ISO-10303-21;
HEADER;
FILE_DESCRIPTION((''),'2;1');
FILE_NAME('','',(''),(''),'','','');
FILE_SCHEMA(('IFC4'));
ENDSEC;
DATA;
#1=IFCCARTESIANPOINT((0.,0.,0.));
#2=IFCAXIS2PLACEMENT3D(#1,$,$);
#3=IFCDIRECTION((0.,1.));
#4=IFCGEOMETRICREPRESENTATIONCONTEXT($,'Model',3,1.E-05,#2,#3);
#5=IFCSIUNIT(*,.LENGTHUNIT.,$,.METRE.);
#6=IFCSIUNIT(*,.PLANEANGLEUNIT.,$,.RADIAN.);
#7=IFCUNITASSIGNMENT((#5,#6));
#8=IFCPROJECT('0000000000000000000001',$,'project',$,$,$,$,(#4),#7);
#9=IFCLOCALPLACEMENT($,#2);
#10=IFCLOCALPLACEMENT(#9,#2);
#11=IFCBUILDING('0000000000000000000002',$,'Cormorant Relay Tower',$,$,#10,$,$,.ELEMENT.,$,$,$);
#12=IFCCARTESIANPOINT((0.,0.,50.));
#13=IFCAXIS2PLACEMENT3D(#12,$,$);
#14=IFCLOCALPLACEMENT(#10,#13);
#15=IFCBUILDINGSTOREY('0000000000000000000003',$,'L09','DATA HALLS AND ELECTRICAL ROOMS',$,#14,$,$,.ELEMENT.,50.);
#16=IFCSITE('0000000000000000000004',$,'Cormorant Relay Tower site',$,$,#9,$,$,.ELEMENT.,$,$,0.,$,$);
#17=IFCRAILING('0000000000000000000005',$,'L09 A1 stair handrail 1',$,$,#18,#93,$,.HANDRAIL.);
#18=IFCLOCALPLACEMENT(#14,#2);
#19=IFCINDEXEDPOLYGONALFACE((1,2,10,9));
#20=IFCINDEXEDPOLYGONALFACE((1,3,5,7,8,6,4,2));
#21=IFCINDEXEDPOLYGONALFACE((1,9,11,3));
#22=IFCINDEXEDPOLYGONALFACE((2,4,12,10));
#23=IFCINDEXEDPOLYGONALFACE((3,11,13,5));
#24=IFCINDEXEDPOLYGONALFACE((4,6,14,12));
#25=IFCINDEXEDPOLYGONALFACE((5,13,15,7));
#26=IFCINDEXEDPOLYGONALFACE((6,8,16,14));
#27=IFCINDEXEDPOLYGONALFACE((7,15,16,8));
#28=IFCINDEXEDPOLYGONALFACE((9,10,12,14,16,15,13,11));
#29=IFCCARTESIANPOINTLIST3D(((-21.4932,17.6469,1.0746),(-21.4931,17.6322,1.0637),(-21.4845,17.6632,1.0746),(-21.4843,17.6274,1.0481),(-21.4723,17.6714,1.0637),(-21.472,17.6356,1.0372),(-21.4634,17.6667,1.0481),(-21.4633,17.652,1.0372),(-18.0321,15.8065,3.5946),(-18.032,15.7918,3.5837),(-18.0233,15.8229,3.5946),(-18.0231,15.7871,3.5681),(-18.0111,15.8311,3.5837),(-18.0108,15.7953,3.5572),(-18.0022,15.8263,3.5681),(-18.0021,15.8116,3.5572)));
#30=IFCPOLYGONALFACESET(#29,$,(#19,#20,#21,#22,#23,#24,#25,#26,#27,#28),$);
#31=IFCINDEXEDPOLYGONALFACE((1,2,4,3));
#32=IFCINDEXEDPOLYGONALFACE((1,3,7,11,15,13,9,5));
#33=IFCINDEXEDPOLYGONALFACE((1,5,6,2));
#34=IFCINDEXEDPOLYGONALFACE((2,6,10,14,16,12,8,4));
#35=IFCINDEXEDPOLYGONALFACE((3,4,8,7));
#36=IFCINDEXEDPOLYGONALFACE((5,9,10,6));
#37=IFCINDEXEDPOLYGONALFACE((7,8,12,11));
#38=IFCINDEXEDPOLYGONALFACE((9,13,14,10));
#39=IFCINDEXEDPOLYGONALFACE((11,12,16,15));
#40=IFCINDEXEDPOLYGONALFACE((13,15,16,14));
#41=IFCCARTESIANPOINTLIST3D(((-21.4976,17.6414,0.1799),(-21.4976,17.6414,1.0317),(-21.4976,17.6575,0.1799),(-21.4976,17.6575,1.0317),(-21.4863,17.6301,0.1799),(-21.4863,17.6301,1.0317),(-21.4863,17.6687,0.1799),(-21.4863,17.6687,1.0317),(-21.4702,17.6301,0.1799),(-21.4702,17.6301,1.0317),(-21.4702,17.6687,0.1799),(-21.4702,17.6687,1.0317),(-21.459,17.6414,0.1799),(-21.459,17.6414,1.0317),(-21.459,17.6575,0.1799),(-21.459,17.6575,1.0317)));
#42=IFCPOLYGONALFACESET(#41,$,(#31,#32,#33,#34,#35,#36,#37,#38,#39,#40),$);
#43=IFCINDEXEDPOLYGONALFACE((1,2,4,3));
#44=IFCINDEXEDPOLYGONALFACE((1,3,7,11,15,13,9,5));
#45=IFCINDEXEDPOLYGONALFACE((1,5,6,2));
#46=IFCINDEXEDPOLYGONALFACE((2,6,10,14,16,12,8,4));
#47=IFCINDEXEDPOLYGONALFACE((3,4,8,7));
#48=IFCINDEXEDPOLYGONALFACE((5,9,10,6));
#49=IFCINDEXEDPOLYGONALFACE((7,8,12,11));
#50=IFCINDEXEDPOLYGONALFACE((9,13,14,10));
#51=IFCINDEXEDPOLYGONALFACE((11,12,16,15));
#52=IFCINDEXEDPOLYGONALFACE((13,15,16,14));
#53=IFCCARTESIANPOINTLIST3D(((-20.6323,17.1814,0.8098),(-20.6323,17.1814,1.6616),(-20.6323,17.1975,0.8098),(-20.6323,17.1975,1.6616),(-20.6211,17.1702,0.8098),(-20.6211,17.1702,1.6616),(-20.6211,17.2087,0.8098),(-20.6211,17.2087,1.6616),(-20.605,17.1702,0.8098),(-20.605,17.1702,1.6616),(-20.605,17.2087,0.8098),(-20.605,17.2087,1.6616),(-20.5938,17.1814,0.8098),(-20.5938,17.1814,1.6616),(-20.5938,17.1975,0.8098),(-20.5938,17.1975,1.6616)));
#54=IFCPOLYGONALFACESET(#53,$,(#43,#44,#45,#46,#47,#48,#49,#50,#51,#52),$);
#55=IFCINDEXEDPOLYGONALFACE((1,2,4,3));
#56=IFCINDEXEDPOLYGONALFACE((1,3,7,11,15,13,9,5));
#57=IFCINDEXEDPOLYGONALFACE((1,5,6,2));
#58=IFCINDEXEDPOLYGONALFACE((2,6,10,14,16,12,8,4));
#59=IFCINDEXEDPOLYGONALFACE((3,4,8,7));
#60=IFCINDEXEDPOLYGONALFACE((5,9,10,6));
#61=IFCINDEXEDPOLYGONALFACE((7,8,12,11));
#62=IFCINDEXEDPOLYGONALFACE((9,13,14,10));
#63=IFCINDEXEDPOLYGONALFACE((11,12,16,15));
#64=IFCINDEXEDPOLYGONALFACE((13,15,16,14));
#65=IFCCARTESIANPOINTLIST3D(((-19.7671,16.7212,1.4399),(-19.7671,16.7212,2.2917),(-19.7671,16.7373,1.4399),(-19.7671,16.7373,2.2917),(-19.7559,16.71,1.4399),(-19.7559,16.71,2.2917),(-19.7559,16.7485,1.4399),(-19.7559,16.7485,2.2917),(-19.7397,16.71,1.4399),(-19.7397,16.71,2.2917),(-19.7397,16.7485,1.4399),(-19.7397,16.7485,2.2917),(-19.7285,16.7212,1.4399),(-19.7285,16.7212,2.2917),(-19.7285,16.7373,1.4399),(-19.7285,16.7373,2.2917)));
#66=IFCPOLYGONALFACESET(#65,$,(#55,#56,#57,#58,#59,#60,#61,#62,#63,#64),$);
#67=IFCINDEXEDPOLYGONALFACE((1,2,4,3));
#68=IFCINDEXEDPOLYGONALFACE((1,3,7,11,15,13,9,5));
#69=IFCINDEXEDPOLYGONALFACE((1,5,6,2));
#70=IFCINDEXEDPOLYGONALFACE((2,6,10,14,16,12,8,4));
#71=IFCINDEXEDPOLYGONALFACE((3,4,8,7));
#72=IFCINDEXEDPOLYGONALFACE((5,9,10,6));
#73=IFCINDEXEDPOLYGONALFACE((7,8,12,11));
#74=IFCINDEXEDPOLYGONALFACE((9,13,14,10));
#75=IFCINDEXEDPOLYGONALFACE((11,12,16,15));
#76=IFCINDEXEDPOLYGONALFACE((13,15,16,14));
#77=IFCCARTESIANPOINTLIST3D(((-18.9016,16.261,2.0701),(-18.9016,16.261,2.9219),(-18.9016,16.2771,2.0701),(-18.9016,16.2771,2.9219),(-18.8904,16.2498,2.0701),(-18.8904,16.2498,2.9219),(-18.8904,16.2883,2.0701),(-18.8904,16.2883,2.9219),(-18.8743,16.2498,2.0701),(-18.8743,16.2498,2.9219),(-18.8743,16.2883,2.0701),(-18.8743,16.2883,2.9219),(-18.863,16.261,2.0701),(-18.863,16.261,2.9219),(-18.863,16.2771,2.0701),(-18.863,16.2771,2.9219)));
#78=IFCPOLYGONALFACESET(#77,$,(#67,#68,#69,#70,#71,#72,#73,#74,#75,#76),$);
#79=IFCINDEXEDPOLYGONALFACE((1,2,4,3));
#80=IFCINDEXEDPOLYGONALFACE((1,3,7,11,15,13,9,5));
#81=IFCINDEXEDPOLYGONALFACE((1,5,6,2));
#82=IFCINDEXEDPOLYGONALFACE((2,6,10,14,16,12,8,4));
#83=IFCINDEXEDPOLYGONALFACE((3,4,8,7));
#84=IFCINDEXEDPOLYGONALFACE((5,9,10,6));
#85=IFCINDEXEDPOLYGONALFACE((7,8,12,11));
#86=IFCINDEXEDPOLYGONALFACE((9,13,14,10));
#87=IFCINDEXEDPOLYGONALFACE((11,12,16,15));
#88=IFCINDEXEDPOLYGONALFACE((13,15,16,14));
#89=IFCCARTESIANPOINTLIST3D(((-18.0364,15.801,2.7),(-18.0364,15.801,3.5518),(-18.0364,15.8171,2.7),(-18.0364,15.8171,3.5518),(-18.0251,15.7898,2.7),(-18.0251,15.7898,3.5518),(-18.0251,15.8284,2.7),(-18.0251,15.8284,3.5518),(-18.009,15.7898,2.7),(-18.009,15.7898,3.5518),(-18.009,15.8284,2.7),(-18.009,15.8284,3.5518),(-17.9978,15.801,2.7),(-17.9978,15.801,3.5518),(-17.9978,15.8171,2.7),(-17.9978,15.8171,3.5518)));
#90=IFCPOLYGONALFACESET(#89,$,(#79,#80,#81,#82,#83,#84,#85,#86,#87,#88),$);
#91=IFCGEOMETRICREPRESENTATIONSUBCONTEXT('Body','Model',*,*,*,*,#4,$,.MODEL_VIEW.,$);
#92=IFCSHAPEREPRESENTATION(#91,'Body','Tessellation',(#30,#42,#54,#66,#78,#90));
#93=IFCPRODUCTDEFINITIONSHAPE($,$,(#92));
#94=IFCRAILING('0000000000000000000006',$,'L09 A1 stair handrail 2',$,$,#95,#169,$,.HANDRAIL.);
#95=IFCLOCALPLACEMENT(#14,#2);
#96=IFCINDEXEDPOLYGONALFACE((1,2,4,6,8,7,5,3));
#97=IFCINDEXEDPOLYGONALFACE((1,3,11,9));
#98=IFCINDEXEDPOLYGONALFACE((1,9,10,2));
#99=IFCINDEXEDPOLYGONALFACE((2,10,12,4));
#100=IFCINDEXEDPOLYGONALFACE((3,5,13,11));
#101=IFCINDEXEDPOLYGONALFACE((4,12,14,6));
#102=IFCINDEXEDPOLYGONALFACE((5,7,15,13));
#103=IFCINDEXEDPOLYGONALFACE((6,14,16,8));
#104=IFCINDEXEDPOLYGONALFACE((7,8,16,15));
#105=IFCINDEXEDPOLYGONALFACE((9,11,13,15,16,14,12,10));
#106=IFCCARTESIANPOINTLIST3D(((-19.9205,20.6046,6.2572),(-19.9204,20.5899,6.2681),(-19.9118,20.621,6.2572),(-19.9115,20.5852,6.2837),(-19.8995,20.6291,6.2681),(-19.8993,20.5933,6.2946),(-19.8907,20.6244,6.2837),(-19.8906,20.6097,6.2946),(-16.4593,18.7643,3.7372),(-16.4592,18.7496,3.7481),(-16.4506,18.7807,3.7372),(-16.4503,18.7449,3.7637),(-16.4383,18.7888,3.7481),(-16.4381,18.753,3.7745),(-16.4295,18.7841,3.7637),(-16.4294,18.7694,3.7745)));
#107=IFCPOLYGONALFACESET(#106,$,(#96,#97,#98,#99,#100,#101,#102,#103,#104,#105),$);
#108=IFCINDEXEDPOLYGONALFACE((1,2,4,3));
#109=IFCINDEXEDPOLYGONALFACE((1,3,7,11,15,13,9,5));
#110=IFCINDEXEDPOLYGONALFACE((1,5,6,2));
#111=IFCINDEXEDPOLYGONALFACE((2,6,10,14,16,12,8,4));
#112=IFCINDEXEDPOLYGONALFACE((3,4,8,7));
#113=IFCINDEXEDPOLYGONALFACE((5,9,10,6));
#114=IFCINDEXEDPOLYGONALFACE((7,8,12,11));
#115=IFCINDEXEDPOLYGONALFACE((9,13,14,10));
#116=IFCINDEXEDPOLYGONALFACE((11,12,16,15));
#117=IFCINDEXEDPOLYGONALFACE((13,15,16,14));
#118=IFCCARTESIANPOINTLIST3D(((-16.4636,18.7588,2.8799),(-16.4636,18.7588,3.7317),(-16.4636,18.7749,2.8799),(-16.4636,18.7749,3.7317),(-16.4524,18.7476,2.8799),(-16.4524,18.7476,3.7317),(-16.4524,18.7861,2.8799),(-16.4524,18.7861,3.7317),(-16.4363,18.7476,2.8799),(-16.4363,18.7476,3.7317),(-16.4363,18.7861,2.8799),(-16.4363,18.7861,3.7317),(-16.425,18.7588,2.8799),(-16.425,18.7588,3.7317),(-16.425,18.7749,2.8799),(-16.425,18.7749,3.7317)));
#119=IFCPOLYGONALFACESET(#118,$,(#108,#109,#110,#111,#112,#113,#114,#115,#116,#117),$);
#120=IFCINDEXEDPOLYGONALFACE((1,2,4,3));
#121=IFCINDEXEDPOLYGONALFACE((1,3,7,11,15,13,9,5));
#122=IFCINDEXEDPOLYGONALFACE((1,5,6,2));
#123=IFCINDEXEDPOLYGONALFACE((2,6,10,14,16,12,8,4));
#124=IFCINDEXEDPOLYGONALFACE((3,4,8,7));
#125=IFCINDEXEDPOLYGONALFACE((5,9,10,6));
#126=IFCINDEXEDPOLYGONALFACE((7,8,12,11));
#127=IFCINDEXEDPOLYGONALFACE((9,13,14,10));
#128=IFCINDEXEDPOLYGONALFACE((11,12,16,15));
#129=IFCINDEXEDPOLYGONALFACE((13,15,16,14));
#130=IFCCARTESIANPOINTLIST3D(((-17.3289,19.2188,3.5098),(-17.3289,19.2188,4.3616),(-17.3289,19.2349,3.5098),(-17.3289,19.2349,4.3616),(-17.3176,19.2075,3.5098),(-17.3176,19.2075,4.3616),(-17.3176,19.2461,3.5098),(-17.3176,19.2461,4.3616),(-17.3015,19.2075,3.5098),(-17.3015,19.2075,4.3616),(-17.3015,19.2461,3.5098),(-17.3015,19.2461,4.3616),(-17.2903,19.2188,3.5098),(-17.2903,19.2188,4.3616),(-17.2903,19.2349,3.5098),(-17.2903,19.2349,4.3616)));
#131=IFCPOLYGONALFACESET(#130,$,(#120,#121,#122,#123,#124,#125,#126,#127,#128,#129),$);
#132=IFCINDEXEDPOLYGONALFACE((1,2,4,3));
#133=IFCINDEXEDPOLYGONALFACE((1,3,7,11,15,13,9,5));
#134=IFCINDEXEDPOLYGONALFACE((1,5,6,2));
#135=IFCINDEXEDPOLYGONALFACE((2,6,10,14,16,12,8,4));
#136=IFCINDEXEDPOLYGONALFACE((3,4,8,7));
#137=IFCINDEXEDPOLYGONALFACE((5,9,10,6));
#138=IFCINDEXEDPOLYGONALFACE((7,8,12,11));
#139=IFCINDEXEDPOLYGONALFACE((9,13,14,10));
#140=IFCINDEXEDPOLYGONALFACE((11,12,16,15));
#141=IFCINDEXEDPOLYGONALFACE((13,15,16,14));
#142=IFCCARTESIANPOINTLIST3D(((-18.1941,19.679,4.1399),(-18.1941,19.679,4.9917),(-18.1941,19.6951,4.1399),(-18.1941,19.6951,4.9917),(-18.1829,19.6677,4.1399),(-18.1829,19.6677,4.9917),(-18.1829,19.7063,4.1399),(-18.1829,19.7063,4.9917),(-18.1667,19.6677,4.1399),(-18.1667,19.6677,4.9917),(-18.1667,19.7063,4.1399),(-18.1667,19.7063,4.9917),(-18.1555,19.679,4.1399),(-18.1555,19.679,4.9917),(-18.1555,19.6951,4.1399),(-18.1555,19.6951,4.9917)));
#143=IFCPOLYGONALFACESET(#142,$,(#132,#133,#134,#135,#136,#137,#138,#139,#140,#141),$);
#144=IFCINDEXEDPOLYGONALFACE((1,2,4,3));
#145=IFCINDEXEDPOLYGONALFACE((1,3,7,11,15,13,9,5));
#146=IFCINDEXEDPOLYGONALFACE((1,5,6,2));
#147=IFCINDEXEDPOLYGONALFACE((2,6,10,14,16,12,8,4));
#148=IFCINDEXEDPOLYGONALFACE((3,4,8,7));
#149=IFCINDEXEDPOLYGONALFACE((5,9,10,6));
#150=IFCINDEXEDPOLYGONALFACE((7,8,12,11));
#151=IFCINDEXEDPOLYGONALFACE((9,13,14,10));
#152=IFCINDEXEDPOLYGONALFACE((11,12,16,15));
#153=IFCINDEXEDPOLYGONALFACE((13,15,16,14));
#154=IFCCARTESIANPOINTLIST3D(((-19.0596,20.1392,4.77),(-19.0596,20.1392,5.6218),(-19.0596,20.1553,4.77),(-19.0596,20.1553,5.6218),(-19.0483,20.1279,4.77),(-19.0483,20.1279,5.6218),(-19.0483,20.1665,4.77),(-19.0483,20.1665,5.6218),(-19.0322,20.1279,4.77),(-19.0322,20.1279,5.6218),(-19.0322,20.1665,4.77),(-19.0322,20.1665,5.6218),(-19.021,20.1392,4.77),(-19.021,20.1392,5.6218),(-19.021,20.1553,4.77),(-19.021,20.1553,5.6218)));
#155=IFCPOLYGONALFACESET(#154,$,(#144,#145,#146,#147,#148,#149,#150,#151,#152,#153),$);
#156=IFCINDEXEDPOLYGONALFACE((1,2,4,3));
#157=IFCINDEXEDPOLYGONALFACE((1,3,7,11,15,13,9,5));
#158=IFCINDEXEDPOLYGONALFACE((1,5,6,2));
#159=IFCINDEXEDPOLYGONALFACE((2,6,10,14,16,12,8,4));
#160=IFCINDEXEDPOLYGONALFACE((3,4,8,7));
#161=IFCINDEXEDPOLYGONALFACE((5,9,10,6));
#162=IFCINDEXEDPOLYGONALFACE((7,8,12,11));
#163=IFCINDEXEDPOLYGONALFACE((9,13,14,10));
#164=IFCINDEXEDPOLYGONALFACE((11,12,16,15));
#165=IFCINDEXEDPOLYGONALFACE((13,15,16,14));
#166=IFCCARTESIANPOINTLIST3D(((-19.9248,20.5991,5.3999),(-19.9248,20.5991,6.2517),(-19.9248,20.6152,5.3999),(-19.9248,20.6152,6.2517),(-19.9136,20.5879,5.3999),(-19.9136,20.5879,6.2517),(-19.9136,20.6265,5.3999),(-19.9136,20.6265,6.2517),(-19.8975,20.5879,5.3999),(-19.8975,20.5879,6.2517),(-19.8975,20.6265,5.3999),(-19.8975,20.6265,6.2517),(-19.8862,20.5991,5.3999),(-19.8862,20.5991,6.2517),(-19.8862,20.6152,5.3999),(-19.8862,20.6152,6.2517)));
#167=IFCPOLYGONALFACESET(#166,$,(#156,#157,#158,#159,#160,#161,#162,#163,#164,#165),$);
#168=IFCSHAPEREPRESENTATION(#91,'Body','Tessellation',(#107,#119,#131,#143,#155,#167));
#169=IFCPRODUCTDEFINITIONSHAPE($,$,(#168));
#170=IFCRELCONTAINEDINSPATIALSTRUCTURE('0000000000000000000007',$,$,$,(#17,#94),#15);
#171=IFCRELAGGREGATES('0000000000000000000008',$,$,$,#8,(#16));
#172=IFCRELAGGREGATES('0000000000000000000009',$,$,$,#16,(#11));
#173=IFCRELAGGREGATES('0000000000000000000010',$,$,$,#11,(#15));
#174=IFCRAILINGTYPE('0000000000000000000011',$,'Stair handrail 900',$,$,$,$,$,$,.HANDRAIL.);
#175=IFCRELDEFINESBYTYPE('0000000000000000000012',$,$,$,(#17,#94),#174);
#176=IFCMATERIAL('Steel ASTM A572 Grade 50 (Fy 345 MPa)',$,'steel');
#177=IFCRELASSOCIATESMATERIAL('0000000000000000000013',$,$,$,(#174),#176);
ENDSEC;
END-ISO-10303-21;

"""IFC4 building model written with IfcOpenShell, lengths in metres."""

from ifc_helpers import new_model, si_unit, direction, frame, origin, place, context, subcontext, project, spatial, polyline, outline, extrude, material, type_object, element, save


model = new_model("IFC4")

# Units and contexts
model_context = context("Model", 3, precision=1e-05, world=origin(), true_north=direction((0.0, 1.0)))
body_context = subcontext(model_context, "Body", "Model", "MODEL_VIEW")
ifc_project = project(units=[si_unit("LENGTHUNIT", "METRE"), si_unit("PLANEANGLEUNIT", "RADIAN")], contexts=[model_context])

# Site, building, storey
site_placement = place(None, origin())
site = spatial("IfcSite", under=ifc_project, at=site_placement, Name="Cormorant Relay Tower site", CompositionType="ELEMENT", RefElevation=0.0)
building_placement = place(site_placement, origin())
building = spatial("IfcBuilding", under=site, at=building_placement, Name="Cormorant Relay Tower", CompositionType="ELEMENT")
storey_placement = place(building_placement, frame((0.0, 0.0, 50.0)))
storey = spatial("IfcBuildingStorey", under=building, at=storey_placement, Name="L09", Description="DATA HALLS AND ELECTRICAL ROOMS", CompositionType="ELEMENT", Elevation=50.0)

# Railings
ifc_material_1 = material(Name="Steel ASTM A572 Grade 50 (Fy 345 MPa)", Category="steel")
railing_type_1 = type_object("IfcRailingType", Name="Stair handrail 900", PredefinedType="HANDRAIL", material=ifc_material_1)
railing_1_placement = place(storey_placement, frame((-21.4783, 17.6494, 0.1799)))
element("IfcRailing", 1, at=railing_1_placement, inside=storey, type_object=railing_type_1, Name="L09 A1 stair handrail 1", PredefinedType="HANDRAIL", context=body_context, shape_type="SweptSolid", body=[
    extrude(outline(polyline([(0.0222, 0.0093), (0.0093, 0.0222), (-0.0093, 0.0222), (-0.0222, 0.0093), (-0.0222, -0.0093), (-0.0093, -0.0222), (0.0093, -0.0222), (0.0222, -0.0093), (0.0222, 0.0093)])), frame((0.0, 0.0, 0.876), z_axis=(0.742717, -0.394907, 0.540758), x_axis=(0.469469, 0.882949, 0.0)), (0.0, 0.0, 1.0), 4.6602),
    extrude(outline(polyline([(0.0193, 0.0081), (0.0081, 0.0193), (-0.0081, 0.0193), (-0.0193, 0.0081), (-0.0193, -0.0081), (-0.0081, -0.0193), (0.0081, -0.0193), (0.0193, -0.0081), (0.0193, 0.0081)])), origin(), (0.0, 0.0, 1.0), 0.8518),
    extrude(outline(polyline([(0.0193, 0.0081), (0.0081, 0.0193), (-0.0081, 0.0193), (-0.0193, 0.0081), (-0.0193, -0.0081), (-0.0081, -0.0193), (0.0081, -0.0193), (0.0193, -0.0081), (0.0193, 0.0081)])), frame((0.8652, -0.46, 0.6299)), (0.0, 0.0, 1.0), 0.8518),
    extrude(outline(polyline([(0.0193, 0.0081), (0.0081, 0.0193), (-0.0081, 0.0193), (-0.0193, 0.0081), (-0.0193, -0.0081), (-0.0081, -0.0193), (0.0081, -0.0193), (0.0193, -0.0081), (0.0193, 0.0081)])), frame((1.7305, -0.9202, 1.26)), (0.0, 0.0, 1.0), 0.8518),
    extrude(outline(polyline([(0.0193, 0.0081), (0.0081, 0.0193), (-0.0081, 0.0193), (-0.0193, 0.0081), (-0.0193, -0.0081), (-0.0081, -0.0193), (0.0081, -0.0193), (0.0193, -0.0081), (0.0193, 0.0081)])), frame((2.5959, -1.3804, 1.8901)), (0.0, 0.0, 1.0), 0.8518),
    extrude(outline(polyline([(0.0193, 0.0081), (0.0081, 0.0193), (-0.0081, 0.0193), (-0.0193, 0.0081), (-0.0193, -0.0081), (-0.0081, -0.0193), (0.0081, -0.0193), (0.0193, -0.0081), (0.0193, 0.0081)])), frame((3.4612, -1.8403, 2.52)), (0.0, 0.0, 1.0), 0.8518),
])
railing_2_placement = place(storey_placement, frame((-16.4443, 18.7668, 2.8799)))
element("IfcRailing", 2, at=railing_2_placement, inside=storey, type_object=railing_type_1, Name="L09 A1 stair handrail 2", PredefinedType="HANDRAIL", context=body_context, shape_type="SweptSolid", body=[
    extrude(outline(polyline([(0.0222, 0.0093), (0.0093, 0.0222), (-0.0093, 0.0222), (-0.0222, 0.0093), (-0.0222, -0.0093), (-0.0093, -0.0222), (0.0093, -0.0222), (0.0222, -0.0093), (0.0222, 0.0093)])), frame((0.0, 0.0, 0.876), z_axis=(-0.742717, 0.394907, 0.540758), x_axis=(-0.469469, -0.882949, 0.0)), (0.0, 0.0, 1.0), 4.6602),
    extrude(outline(polyline([(0.0193, 0.0081), (0.0081, 0.0193), (-0.0081, 0.0193), (-0.0193, 0.0081), (-0.0193, -0.0081), (-0.0081, -0.0193), (0.0081, -0.0193), (0.0193, -0.0081), (0.0193, 0.0081)])), origin(), (0.0, 0.0, 1.0), 0.8518),
    extrude(outline(polyline([(0.0193, 0.0081), (0.0081, 0.0193), (-0.0081, 0.0193), (-0.0193, 0.0081), (-0.0193, -0.0081), (-0.0081, -0.0193), (0.0081, -0.0193), (0.0193, -0.0081), (0.0193, 0.0081)])), frame((-0.8652, 0.46, 0.6299)), (0.0, 0.0, 1.0), 0.8518),
    extrude(outline(polyline([(0.0193, 0.0081), (0.0081, 0.0193), (-0.0081, 0.0193), (-0.0193, 0.0081), (-0.0193, -0.0081), (-0.0081, -0.0193), (0.0081, -0.0193), (0.0193, -0.0081), (0.0193, 0.0081)])), frame((-1.7305, 0.9202, 1.26)), (0.0, 0.0, 1.0), 0.8518),
    extrude(outline(polyline([(0.0193, 0.0081), (0.0081, 0.0193), (-0.0081, 0.0193), (-0.0193, 0.0081), (-0.0193, -0.0081), (-0.0081, -0.0193), (0.0081, -0.0193), (0.0193, -0.0081), (0.0193, 0.0081)])), frame((-2.5959, 1.3804, 1.8901)), (0.0, 0.0, 1.0), 0.8518),
    extrude(outline(polyline([(0.0193, 0.0081), (0.0081, 0.0193), (-0.0081, 0.0193), (-0.0193, 0.0081), (-0.0193, -0.0081), (-0.0081, -0.0193), (0.0081, -0.0193), (0.0193, -0.0081), (0.0193, 0.0081)])), frame((-3.4612, 1.8403, 2.52)), (0.0, 0.0, 1.0), 0.8518),
])

save(model, "model.ifc")
